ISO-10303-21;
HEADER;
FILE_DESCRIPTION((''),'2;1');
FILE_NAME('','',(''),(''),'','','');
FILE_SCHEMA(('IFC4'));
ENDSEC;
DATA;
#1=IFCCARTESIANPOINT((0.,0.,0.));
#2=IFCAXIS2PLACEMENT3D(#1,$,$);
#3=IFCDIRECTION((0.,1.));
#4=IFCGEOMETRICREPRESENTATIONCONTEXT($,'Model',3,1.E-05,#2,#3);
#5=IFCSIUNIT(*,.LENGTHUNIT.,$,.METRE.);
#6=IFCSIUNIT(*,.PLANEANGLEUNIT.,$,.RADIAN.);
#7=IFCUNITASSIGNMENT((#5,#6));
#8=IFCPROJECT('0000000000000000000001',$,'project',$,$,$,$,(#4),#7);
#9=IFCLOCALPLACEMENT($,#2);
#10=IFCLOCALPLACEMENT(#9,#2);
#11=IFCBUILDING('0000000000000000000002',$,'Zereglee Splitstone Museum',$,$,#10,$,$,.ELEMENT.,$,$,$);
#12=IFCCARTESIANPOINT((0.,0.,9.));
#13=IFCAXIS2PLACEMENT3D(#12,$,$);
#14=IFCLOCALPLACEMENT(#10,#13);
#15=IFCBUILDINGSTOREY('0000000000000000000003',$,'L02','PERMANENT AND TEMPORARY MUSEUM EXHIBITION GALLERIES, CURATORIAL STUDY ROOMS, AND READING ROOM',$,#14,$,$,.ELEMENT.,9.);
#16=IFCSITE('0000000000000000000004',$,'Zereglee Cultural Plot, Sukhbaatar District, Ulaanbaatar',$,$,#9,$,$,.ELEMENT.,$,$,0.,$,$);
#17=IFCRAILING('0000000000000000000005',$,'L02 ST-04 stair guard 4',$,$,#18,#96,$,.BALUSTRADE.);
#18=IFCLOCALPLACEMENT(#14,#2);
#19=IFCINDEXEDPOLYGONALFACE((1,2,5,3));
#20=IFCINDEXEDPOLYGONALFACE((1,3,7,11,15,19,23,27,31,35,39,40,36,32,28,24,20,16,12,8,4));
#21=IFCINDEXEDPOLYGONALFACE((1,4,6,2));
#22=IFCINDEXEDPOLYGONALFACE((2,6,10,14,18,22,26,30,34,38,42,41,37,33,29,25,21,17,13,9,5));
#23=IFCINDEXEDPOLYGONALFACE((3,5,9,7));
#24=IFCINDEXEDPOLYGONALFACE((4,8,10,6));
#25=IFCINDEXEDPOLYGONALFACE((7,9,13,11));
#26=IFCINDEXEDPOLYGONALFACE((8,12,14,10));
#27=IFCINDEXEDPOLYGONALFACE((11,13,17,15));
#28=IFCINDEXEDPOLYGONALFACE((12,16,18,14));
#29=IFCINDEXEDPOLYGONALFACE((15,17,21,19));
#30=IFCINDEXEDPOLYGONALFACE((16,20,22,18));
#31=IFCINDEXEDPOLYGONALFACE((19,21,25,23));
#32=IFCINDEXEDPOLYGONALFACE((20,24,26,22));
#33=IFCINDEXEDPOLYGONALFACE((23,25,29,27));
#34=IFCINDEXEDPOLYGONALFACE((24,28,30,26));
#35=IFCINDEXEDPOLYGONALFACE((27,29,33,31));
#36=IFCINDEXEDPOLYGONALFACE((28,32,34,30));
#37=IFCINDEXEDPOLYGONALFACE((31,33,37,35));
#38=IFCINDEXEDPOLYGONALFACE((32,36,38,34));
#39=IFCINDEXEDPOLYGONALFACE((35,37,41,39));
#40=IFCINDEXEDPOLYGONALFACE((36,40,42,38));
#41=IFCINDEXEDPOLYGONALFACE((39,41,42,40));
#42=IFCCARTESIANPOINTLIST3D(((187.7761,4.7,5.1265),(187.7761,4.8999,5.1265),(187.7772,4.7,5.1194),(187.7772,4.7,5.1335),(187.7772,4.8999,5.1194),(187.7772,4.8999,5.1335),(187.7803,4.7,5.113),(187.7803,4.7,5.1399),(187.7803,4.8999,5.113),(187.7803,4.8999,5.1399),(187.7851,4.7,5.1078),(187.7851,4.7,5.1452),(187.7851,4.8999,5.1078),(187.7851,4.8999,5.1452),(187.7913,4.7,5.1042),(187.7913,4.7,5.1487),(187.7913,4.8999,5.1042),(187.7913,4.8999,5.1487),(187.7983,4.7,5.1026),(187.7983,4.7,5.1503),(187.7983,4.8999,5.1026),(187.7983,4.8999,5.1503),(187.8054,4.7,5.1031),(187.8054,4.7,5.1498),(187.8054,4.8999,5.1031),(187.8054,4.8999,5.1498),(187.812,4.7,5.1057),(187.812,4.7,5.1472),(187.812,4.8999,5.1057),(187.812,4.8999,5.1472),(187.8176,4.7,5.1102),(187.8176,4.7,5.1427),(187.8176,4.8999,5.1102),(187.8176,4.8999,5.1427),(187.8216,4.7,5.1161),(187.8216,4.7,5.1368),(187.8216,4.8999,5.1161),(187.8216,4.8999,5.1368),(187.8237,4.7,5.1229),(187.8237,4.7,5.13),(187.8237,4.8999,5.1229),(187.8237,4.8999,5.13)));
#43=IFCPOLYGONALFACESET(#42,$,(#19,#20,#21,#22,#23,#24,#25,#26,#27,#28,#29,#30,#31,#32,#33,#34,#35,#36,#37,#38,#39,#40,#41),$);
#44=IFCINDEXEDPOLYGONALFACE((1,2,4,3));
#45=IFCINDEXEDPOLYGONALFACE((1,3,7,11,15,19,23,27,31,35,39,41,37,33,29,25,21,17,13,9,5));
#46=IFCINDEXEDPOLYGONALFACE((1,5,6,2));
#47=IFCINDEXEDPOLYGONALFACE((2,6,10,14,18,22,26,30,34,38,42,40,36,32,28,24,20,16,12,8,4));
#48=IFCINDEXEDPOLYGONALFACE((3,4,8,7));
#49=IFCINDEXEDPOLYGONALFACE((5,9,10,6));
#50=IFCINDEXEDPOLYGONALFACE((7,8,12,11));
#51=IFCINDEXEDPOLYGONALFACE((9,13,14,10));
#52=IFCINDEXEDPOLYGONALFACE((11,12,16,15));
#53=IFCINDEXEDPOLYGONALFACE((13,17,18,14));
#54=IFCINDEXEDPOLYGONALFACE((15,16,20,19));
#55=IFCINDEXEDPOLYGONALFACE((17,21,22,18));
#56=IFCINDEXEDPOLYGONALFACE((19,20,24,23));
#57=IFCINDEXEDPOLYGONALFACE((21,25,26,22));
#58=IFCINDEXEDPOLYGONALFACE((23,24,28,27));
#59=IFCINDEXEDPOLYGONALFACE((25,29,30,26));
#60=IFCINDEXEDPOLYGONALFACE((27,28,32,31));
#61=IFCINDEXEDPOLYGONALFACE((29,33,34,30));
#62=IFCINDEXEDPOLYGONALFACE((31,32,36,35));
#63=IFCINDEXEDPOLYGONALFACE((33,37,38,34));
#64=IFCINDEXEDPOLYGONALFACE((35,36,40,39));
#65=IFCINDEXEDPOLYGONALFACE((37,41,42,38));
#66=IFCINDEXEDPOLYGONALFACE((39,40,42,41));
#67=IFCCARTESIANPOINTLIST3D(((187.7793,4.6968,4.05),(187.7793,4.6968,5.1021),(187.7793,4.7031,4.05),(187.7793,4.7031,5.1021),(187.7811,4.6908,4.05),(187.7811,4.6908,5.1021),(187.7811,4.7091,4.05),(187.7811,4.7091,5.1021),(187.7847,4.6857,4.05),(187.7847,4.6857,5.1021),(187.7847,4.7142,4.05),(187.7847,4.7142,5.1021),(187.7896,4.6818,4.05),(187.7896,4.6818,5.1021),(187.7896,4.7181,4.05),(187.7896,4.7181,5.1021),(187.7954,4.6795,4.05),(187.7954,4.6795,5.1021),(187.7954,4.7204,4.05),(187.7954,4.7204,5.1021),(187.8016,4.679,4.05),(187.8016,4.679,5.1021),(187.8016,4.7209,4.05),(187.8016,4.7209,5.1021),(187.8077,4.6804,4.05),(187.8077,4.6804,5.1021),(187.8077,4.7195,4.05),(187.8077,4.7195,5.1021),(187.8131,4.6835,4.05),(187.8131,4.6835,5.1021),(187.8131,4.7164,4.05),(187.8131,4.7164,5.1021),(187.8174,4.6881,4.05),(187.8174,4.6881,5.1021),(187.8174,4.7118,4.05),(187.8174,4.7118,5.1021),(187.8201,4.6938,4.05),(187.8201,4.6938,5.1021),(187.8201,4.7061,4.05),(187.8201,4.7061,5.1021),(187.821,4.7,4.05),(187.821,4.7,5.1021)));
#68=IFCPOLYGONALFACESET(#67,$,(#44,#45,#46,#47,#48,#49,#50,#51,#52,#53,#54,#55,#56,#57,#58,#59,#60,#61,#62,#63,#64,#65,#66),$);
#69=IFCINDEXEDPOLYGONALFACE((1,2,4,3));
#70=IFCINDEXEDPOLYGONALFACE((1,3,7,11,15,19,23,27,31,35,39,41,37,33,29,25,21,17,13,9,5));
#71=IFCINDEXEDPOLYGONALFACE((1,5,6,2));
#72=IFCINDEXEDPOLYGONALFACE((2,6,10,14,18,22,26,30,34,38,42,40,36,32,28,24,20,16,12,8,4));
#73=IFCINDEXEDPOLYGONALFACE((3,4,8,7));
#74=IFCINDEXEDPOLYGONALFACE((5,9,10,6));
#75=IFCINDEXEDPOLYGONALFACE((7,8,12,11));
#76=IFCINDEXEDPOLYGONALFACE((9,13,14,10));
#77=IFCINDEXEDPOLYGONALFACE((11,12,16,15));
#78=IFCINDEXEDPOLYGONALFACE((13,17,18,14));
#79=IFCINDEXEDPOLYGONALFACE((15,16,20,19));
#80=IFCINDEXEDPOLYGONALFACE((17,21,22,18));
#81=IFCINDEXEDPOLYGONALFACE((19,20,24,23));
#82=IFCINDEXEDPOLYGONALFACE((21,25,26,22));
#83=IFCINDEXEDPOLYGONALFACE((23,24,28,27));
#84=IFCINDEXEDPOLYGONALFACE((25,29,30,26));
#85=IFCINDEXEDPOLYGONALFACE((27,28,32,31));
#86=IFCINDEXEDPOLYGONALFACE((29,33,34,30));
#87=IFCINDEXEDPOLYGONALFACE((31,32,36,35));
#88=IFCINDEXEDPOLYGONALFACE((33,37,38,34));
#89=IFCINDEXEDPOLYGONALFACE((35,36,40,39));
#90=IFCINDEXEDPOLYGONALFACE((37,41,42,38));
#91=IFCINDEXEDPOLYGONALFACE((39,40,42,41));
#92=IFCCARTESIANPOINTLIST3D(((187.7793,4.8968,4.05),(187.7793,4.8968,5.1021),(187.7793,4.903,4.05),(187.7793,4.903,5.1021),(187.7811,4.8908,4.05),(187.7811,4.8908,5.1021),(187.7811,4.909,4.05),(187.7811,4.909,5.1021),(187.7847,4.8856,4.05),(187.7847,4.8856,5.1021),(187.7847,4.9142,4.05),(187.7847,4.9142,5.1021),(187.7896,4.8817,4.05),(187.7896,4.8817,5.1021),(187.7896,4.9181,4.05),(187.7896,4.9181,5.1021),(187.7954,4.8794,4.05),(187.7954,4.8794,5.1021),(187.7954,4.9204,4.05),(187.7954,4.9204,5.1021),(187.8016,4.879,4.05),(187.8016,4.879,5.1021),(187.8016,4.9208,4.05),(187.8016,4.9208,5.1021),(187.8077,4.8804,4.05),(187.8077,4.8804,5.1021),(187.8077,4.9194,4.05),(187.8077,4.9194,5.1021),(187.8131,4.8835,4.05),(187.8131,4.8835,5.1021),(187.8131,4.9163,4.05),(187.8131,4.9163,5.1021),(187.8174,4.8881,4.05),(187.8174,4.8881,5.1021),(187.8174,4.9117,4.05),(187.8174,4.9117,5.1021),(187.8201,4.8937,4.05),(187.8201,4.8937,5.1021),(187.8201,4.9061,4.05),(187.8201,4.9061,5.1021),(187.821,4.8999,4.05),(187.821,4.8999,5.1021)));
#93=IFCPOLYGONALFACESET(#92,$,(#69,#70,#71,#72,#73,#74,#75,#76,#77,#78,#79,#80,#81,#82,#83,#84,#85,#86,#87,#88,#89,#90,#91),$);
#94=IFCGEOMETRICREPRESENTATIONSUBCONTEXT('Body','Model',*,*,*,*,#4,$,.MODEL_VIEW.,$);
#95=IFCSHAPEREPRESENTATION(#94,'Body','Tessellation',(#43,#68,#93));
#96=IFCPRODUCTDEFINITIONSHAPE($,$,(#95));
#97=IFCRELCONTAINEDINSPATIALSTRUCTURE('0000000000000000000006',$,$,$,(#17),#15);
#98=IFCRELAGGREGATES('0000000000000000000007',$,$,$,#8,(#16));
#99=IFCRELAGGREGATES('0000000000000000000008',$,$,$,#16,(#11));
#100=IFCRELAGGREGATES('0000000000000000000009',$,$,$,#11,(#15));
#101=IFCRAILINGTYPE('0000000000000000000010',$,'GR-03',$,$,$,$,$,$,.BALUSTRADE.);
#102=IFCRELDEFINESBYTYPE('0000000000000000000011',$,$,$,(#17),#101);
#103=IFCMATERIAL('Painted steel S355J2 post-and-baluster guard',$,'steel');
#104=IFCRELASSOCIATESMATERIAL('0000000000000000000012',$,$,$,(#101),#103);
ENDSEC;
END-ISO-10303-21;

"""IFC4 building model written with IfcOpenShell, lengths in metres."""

from ifc_helpers import new_model, si_unit, direction, frame, origin, origin_2d, place, context, subcontext, project, spatial, circle, extrude, material, type_object, element, save


model = new_model("IFC4")

# Units and contexts
model_context = context("Model", 3, precision=1e-05, world=origin(), true_north=direction((0.0, 1.0)))
body_context = subcontext(model_context, "Body", "Model", "MODEL_VIEW")
ifc_project = project(units=[si_unit("LENGTHUNIT", "METRE"), si_unit("PLANEANGLEUNIT", "RADIAN")], contexts=[model_context])

# Site, building, storey
site_placement = place(None, origin())
site = spatial("IfcSite", under=ifc_project, at=site_placement, Name="Zereglee Cultural Plot, Sukhbaatar District, Ulaanbaatar", CompositionType="ELEMENT", RefElevation=0.0)
building_placement = place(site_placement, origin())
building = spatial("IfcBuilding", under=site, at=building_placement, Name="Zereglee Splitstone Museum", CompositionType="ELEMENT")
storey_placement = place(building_placement, frame((0.0, 0.0, 9.0)))
storey = spatial("IfcBuildingStorey", under=building, at=storey_placement, Name="L02", Description="PERMANENT AND TEMPORARY MUSEUM EXHIBITION GALLERIES, CURATORIAL STUDY ROOMS, AND READING ROOM", CompositionType="ELEMENT", Elevation=9.0)

# Railing
ifc_material_1 = material(Name="Painted steel S355J2 post-and-baluster guard", Category="steel")
railing_type_1 = type_object("IfcRailingType", Name="GR-03", PredefinedType="BALUSTRADE", material=ifc_material_1)
railing_1_placement = place(storey_placement, frame((187.8, 4.7, 4.05)))
element("IfcRailing", 1, at=railing_1_placement, inside=storey, type_object=railing_type_1, Name="L02 ST-04 stair guard 4", PredefinedType="BALUSTRADE", context=body_context, shape_type="SweptSolid", body=[
    extrude(circle(Radius=0.0239, at=origin_2d()), frame((0.0, 0.0, 1.0764), z_axis=(0.0, 1.0, 0.0), x_axis=(-1.0, 0.0, 0.0)), (0.0, 0.0, 1.0), 0.2),
    extrude(circle(Radius=0.021, at=origin_2d()), origin(), (0.0, 0.0, 1.0), 1.052),
    extrude(circle(Radius=0.021, at=origin_2d()), frame((0.0, 0.2, 0.0)), (0.0, 0.0, 1.0), 1.052),
])

save(model, "model.ifc")
